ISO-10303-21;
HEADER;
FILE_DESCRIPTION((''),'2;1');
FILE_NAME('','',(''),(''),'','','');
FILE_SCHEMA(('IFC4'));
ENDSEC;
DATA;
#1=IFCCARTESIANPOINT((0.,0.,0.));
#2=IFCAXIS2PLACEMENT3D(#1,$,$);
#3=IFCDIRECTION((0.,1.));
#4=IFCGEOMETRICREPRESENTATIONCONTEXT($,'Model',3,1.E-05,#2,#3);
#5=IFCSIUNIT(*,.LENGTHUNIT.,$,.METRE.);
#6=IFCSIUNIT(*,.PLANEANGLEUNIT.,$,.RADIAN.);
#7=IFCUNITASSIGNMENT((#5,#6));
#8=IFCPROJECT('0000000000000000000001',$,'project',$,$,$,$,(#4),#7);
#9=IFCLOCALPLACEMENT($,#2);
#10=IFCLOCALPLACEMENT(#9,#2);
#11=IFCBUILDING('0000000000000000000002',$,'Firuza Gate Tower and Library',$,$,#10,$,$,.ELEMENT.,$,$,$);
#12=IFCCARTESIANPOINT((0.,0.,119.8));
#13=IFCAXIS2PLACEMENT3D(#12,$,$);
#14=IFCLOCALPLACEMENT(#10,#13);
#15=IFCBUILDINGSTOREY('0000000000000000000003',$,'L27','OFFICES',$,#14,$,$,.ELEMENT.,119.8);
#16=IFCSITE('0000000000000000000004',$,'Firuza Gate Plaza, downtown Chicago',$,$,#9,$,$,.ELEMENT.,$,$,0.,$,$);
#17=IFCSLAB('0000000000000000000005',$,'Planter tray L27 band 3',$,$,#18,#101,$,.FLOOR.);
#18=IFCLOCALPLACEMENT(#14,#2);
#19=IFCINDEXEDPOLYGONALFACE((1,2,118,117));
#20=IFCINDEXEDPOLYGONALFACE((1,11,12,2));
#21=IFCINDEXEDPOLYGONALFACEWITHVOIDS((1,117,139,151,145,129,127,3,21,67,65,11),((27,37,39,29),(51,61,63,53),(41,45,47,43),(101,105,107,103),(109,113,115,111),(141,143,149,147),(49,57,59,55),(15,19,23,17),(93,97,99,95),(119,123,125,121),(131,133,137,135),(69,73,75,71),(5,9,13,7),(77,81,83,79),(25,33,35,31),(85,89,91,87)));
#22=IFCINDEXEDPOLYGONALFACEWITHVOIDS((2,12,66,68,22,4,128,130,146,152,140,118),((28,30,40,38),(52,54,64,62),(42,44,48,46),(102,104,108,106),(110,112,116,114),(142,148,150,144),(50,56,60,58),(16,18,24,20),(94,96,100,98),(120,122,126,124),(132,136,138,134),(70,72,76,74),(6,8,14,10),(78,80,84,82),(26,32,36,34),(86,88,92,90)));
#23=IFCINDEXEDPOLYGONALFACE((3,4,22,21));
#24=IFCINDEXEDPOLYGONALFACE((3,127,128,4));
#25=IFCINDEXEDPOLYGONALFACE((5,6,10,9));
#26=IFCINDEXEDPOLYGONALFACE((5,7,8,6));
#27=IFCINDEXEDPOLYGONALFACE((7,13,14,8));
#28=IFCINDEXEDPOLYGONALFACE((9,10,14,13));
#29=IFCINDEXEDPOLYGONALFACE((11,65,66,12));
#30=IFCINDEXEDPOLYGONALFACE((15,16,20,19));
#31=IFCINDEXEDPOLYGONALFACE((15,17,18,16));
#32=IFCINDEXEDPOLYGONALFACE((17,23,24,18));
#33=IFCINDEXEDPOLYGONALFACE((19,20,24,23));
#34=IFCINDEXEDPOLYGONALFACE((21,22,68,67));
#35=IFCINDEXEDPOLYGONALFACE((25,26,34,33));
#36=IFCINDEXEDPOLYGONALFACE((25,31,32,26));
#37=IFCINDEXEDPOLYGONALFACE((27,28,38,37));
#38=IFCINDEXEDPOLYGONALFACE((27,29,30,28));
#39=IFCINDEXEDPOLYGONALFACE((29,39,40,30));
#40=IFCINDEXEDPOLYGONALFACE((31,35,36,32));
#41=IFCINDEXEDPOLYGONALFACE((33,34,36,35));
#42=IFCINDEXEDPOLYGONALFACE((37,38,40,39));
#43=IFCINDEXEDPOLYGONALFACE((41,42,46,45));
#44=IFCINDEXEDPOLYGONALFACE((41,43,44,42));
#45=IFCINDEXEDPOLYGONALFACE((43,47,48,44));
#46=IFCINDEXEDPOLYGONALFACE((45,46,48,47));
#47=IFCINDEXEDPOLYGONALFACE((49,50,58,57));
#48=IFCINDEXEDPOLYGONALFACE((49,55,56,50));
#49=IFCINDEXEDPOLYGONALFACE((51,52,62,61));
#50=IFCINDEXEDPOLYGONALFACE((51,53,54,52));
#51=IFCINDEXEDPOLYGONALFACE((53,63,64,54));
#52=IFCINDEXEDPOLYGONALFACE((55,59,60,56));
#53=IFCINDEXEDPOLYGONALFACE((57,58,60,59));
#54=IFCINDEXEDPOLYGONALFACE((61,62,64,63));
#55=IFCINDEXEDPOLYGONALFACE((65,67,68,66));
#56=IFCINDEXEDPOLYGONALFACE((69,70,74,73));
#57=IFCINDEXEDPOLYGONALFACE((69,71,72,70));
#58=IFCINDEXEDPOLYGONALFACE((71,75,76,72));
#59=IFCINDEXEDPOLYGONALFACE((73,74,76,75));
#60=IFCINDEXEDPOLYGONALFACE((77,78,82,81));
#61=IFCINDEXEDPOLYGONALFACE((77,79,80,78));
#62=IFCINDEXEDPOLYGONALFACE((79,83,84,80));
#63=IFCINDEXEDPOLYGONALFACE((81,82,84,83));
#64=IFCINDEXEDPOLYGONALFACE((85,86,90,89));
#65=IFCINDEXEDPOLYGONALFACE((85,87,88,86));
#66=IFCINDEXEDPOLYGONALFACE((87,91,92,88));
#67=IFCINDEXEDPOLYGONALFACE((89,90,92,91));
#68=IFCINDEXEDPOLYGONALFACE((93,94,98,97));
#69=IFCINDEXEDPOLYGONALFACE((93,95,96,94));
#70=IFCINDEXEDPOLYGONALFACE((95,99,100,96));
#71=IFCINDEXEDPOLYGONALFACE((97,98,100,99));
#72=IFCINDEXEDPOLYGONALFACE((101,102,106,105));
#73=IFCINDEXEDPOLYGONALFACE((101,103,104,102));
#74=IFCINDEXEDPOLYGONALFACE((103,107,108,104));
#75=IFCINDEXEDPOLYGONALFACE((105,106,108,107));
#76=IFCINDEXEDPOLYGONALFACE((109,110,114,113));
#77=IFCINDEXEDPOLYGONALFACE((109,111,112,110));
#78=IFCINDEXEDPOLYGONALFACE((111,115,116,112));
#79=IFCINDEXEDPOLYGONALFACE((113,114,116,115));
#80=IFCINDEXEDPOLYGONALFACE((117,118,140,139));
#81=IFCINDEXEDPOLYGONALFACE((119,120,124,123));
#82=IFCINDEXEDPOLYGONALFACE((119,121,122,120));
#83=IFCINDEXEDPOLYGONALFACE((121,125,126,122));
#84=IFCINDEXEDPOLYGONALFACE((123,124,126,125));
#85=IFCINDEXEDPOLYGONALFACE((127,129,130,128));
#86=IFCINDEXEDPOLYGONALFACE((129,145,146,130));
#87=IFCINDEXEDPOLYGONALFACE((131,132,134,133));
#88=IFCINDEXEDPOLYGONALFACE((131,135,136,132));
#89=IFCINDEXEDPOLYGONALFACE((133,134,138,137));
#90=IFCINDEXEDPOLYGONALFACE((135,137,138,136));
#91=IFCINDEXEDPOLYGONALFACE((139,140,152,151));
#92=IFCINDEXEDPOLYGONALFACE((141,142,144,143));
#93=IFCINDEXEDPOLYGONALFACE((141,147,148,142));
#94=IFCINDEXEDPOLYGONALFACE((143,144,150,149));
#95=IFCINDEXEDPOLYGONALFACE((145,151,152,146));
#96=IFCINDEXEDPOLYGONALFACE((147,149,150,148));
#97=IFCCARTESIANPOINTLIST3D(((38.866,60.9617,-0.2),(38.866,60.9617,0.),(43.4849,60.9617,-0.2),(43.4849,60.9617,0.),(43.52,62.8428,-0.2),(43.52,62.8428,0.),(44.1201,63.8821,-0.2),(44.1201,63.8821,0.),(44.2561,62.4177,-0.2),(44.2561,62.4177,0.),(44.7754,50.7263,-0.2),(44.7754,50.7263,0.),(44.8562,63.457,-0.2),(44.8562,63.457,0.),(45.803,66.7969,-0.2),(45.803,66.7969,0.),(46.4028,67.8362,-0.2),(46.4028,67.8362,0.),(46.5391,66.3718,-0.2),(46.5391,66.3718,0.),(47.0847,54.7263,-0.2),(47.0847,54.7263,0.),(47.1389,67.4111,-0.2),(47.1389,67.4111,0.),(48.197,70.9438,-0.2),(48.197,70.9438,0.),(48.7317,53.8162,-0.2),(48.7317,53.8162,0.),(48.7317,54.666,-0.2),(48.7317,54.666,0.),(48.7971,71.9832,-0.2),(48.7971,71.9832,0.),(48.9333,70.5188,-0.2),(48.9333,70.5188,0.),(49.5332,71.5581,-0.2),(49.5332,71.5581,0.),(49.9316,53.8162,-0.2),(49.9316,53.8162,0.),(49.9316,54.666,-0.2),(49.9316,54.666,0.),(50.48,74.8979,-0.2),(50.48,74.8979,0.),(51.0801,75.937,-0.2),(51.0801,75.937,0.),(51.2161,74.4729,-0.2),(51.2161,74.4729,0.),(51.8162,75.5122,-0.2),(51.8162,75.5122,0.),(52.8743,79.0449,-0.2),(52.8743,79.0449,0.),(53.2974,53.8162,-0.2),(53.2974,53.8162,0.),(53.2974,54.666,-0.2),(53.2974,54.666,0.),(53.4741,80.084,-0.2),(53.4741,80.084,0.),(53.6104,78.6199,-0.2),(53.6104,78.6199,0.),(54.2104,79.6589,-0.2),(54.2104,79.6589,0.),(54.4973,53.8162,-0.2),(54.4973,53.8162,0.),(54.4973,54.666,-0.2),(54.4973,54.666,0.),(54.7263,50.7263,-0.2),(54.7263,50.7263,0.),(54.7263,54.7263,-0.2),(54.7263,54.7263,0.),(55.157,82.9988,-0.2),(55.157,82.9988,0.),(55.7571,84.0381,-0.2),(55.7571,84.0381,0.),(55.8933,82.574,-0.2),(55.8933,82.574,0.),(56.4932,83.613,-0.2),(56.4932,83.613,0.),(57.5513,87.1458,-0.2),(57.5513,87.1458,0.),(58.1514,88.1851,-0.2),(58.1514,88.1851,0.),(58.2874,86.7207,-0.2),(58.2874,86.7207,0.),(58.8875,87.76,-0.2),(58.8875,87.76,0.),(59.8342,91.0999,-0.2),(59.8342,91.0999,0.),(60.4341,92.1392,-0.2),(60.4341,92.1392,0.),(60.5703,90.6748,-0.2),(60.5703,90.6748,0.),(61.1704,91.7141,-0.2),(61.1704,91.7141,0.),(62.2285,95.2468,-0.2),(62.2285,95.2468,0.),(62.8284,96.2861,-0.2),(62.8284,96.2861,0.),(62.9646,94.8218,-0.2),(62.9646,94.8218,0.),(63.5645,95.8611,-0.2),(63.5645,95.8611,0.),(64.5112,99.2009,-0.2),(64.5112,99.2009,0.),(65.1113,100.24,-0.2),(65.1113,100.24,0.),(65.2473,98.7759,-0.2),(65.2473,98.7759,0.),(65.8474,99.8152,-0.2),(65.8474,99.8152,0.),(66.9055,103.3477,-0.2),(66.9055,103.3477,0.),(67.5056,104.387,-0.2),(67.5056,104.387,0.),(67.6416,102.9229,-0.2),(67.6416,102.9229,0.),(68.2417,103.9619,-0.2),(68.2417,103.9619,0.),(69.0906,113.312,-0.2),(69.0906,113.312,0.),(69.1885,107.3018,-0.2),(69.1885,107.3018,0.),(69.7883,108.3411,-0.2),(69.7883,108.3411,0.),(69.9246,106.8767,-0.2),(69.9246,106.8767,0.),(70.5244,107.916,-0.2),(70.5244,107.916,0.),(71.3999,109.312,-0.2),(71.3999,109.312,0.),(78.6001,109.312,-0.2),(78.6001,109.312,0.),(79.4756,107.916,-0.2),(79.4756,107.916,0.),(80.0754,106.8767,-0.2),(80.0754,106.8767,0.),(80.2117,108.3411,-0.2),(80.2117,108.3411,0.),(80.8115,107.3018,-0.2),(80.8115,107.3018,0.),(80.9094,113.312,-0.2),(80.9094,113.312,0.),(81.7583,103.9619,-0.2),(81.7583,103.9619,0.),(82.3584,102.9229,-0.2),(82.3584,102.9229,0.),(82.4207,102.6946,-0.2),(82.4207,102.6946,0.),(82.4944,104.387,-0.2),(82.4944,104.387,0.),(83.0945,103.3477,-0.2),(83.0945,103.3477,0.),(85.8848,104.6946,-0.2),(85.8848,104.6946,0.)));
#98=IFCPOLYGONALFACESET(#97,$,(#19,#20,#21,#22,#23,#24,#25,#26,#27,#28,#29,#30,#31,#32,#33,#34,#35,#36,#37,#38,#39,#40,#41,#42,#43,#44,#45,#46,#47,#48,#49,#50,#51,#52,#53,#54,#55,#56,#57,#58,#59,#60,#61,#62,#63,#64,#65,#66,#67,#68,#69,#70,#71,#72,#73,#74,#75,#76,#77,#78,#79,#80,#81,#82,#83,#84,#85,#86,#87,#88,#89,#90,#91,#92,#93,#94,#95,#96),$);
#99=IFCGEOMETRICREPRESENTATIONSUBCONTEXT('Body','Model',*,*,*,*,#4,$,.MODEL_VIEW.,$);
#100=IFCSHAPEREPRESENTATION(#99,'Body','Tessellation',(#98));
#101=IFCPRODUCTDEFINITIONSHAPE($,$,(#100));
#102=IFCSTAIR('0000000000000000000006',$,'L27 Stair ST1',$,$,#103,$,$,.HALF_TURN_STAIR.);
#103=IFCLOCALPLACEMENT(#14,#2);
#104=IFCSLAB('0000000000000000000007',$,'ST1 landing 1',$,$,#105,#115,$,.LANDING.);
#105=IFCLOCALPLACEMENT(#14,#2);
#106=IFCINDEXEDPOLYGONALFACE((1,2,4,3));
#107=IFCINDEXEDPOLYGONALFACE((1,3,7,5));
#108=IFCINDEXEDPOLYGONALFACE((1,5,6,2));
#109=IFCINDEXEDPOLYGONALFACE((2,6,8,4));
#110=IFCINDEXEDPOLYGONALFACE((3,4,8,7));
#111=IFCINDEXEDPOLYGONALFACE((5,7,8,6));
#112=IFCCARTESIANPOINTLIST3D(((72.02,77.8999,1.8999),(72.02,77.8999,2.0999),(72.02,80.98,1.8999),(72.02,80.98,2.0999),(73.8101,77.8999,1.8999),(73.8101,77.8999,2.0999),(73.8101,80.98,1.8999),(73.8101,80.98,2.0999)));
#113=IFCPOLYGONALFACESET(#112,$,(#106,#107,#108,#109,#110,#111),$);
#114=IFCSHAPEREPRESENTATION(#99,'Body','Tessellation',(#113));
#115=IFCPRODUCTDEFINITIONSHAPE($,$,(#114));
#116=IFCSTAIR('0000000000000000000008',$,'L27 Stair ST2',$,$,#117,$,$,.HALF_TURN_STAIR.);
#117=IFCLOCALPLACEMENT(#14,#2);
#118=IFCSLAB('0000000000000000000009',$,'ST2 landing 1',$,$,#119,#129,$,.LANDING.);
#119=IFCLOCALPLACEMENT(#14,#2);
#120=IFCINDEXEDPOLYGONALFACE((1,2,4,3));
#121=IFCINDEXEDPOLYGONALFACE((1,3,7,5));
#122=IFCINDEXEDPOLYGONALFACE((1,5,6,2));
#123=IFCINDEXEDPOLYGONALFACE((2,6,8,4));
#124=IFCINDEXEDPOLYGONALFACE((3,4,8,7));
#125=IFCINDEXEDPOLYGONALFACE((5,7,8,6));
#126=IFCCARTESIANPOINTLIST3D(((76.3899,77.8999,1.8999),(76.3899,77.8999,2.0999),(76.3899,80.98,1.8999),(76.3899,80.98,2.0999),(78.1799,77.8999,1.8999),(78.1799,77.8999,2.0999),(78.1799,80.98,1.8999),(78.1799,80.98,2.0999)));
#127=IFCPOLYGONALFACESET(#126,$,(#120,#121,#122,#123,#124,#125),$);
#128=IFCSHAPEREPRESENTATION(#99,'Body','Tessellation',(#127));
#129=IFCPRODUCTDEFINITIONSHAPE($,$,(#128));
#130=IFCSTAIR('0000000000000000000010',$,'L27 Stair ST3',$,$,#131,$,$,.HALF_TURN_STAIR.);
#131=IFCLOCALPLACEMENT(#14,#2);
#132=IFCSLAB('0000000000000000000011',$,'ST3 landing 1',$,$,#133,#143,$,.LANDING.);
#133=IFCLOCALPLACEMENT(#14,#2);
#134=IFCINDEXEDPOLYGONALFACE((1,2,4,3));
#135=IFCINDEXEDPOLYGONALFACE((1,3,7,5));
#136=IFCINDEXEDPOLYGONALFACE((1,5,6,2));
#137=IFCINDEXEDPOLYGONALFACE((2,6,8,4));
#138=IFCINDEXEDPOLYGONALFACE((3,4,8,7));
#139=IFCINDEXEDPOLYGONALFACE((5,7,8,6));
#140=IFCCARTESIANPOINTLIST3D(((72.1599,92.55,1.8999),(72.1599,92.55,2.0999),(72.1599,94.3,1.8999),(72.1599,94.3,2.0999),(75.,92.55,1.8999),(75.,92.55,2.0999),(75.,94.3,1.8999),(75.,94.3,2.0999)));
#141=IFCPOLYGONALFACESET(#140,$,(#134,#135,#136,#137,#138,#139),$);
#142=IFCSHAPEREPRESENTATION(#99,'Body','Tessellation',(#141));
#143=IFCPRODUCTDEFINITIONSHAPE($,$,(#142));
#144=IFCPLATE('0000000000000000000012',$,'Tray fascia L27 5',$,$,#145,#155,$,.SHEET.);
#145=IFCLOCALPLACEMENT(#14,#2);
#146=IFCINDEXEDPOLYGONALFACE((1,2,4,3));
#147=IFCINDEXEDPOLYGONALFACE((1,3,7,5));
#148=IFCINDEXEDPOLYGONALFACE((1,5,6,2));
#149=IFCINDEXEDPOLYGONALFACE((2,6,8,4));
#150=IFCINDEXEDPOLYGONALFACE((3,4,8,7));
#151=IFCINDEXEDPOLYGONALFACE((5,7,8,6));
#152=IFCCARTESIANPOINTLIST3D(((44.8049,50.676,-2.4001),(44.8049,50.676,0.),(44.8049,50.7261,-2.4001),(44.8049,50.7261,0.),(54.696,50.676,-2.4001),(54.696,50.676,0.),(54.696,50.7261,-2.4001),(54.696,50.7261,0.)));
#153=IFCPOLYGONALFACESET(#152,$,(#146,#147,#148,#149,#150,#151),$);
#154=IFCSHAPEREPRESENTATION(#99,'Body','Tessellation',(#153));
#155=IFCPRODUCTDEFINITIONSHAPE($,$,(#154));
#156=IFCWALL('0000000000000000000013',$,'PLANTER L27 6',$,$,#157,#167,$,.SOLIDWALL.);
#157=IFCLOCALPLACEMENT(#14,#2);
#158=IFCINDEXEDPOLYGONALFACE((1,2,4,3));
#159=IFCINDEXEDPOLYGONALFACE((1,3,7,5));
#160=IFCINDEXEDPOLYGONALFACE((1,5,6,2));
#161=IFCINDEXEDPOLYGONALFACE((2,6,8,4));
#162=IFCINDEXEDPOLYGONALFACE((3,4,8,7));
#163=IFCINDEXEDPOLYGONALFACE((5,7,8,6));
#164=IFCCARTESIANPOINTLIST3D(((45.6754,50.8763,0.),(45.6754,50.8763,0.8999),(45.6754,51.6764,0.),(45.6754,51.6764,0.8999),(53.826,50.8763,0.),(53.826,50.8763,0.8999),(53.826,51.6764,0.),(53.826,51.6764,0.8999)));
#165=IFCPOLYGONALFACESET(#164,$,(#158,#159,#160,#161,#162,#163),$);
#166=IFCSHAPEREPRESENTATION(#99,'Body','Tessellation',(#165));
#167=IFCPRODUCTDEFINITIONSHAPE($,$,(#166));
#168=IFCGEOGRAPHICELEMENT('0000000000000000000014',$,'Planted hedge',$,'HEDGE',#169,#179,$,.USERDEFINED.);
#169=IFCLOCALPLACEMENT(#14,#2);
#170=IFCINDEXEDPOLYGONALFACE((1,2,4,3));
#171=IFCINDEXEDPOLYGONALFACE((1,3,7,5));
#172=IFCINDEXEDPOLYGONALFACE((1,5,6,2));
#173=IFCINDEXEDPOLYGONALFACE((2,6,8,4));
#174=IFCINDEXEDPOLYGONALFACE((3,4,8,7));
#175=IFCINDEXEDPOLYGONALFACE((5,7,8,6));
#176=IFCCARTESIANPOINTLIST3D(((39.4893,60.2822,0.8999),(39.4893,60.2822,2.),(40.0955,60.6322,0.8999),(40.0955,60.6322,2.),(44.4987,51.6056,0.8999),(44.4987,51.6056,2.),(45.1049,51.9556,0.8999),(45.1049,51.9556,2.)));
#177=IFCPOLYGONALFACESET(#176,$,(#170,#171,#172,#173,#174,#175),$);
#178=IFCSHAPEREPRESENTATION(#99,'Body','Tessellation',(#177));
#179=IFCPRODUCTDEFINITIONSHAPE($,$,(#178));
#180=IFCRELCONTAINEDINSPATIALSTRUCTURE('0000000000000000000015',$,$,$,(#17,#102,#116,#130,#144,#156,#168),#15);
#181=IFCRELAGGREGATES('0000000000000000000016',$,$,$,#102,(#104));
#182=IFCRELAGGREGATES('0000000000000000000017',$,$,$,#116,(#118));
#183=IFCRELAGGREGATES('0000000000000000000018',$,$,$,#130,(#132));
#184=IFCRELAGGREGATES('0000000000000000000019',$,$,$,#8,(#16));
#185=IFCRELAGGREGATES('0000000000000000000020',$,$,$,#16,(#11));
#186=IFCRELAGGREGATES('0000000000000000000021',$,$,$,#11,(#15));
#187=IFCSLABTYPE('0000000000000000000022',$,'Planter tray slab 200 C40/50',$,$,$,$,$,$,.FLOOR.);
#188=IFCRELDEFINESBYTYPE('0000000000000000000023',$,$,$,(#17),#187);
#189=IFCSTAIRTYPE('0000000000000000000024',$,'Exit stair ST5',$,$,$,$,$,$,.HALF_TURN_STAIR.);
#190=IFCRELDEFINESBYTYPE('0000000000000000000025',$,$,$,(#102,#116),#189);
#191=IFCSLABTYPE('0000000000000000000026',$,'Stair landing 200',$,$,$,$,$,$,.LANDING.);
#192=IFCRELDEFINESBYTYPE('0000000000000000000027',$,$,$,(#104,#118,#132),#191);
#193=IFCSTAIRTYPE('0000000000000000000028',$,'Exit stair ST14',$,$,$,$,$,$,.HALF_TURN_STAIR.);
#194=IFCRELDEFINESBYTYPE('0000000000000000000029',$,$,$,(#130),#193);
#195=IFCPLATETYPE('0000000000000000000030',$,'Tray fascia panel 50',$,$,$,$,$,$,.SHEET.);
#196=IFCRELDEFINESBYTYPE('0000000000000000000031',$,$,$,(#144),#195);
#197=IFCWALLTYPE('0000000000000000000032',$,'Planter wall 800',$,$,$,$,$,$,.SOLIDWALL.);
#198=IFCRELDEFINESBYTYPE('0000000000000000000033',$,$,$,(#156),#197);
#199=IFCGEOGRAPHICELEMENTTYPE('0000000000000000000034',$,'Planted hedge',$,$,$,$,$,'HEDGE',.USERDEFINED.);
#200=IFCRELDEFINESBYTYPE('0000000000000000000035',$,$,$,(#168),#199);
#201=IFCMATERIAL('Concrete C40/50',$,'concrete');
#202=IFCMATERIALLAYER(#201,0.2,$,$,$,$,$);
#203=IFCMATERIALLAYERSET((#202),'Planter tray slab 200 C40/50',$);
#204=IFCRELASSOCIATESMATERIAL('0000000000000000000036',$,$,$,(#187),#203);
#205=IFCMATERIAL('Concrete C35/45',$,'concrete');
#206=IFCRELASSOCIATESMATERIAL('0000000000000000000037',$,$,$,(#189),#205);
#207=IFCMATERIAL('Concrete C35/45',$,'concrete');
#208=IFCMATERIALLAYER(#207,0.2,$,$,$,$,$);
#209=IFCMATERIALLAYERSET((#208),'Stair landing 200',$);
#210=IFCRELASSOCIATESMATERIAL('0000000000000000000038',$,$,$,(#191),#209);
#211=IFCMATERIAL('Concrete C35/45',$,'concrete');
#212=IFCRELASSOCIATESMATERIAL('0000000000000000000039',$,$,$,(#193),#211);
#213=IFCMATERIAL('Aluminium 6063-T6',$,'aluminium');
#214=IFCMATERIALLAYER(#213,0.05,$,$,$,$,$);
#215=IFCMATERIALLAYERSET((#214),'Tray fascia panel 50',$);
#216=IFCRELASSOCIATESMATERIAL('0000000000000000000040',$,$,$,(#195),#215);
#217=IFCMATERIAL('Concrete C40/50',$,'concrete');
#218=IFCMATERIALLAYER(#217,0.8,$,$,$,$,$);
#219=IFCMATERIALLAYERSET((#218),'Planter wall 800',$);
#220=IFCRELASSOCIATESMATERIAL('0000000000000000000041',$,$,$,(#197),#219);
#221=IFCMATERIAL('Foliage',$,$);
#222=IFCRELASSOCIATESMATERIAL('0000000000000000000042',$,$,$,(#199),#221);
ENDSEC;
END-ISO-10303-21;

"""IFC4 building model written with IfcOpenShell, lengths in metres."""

from ifc_helpers import new_model, si_unit, direction, frame, frame_2d, origin, origin_2d, place, context, subcontext, project, spatial, polyline, rectangle, outline, extrude, material, layer, layer_set, type_object, element, aggregate, save


model = new_model("IFC4")

# Units and contexts
model_context = context("Model", 3, precision=1e-05, world=origin(), true_north=direction((0.0, 1.0)))
body_context = subcontext(model_context, "Body", "Model", "MODEL_VIEW")
ifc_project = project(units=[si_unit("LENGTHUNIT", "METRE"), si_unit("PLANEANGLEUNIT", "RADIAN")], contexts=[model_context])

# Site, building, storey
site_placement = place(None, origin())
site = spatial("IfcSite", under=ifc_project, at=site_placement, Name="Firuza Gate Plaza, downtown Chicago", CompositionType="ELEMENT", RefElevation=0.0)
building_placement = place(site_placement, origin())
building = spatial("IfcBuilding", under=site, at=building_placement, Name="Firuza Gate Tower and Library", CompositionType="ELEMENT")
storey_placement = place(building_placement, frame((0.0, 0.0, 119.8)))
storey = spatial("IfcBuildingStorey", under=building, at=storey_placement, Name="L27", Description="OFFICES", CompositionType="ELEMENT", Elevation=119.8)

# Shared definitions
placement_1 = place(storey_placement, origin())

# Shared definitions
placement_2 = place(storey_placement, frame((0.0, 0.0, -0.2)))

# Slab
ifc_material_1 = material(Name="Concrete C40/50", Category="concrete")
ifc_layer_1 = layer(ifc_material_1, 0.2)
ifc_layer_set_1 = layer_set([ifc_layer_1], Name="Planter tray slab 200 C40/50")
slab_type_1 = type_object("IfcSlabType", Name="Planter tray slab 200 C40/50", PredefinedType="FLOOR", material=ifc_layer_set_1)
element("IfcSlab", 1, at=placement_2, inside=storey, type_object=slab_type_1, Name="Planter tray L27 band 3", PredefinedType="FLOOR", context=body_context, shape_type="SweptSolid", body=[
    extrude(outline(polyline([(82.4207, 102.6946), (85.8848, 104.6946), (80.9094, 113.312), (69.0906, 113.312), (38.866, 60.9617), (44.7754, 50.7263), (54.7263, 50.7263), (54.7263, 54.7263), (47.0847, 54.7263), (43.4849, 60.9617), (71.3999, 109.312), (78.6001, 109.312), (82.4207, 102.6946)]), holes=[polyline([(53.2974, 53.8162), (53.2974, 54.666), (54.4973, 54.666), (54.4973, 53.8162), (53.2974, 53.8162)]), polyline([(48.7317, 53.8162), (48.7317, 54.666), (49.9316, 54.666), (49.9316, 53.8162), (48.7317, 53.8162)]), polyline([(44.1201, 63.8821), (44.8562, 63.457), (44.2561, 62.4177), (43.52, 62.8428), (44.1201, 63.8821)]), polyline([(47.1389, 67.4111), (46.5391, 66.3718), (45.803, 66.7969), (46.4028, 67.8362), (47.1389, 67.4111)]), polyline([(49.5332, 71.5581), (48.9333, 70.5188), (48.197, 70.9438), (48.7971, 71.9832), (49.5332, 71.5581)]), polyline([(51.0801, 75.937), (51.8162, 75.5122), (51.2161, 74.4729), (50.48, 74.8979), (51.0801, 75.937)]), polyline([(53.4741, 80.084), (54.2104, 79.6589), (53.6104, 78.6199), (52.8743, 79.0449), (53.4741, 80.084)]), polyline([(55.7571, 84.0381), (56.4932, 83.613), (55.8933, 82.574), (55.157, 82.9988), (55.7571, 84.0381)]), polyline([(58.1514, 88.1851), (58.8875, 87.76), (58.2874, 86.7207), (57.5513, 87.1458), (58.1514, 88.1851)]), polyline([(60.4341, 92.1392), (61.1704, 91.7141), (60.5703, 90.6748), (59.8342, 91.0999), (60.4341, 92.1392)]), polyline([(62.8284, 96.2861), (63.5645, 95.8611), (62.9646, 94.8218), (62.2285, 95.2468), (62.8284, 96.2861)]), polyline([(65.1113, 100.24), (65.8474, 99.8152), (65.2473, 98.7759), (64.5112, 99.2009), (65.1113, 100.24)]), polyline([(68.2417, 103.9619), (67.6416, 102.9229), (66.9055, 103.3477), (67.5056, 104.387), (68.2417, 103.9619)]), polyline([(70.5244, 107.916), (69.9246, 106.8767), (69.1885, 107.3018), (69.7883, 108.3411), (70.5244, 107.916)]), polyline([(82.3584, 102.9229), (81.7583, 103.9619), (82.4944, 104.387), (83.0945, 103.3477), (82.3584, 102.9229)]), polyline([(80.0754, 106.8767), (79.4756, 107.916), (80.2117, 108.3411), (80.8115, 107.3018), (80.0754, 106.8767)])]), origin(), (0.0, 0.0, 1.0), 0.2),
])

# Stairs, slabs
ifc_material_2 = material(Name="Concrete C35/45", Category="concrete")
stair_type_1 = type_object("IfcStairType", Name="Exit stair ST5", PredefinedType="HALF_TURN_STAIR", material=ifc_material_2)
stair_1 = element("IfcStair", 2, at=placement_1, inside=storey, type_object=stair_type_1, Name="L27 Stair ST1", PredefinedType="HALF_TURN_STAIR")
ifc_material_3 = material(Name="Concrete C35/45", Category="concrete")
ifc_layer_2 = layer(ifc_material_3, 0.2)
ifc_layer_set_2 = layer_set([ifc_layer_2], Name="Stair landing 200")
slab_type_2 = type_object("IfcSlabType", Name="Stair landing 200", PredefinedType="LANDING", material=ifc_layer_set_2)
placement_3 = place(storey_placement, frame((0.0, 0.0, 1.8999)))
slab_1 = element("IfcSlab", 3, at=placement_3, type_object=slab_type_2, Name="ST1 landing 1", PredefinedType="LANDING", context=body_context, shape_type="SweptSolid", body=[
    extrude(outline(polyline([(72.02, 77.8999), (73.8101, 77.8999), (73.8101, 80.98), (72.02, 80.98), (72.02, 77.8999)])), origin(), (0.0, 0.0, 1.0), 0.2),
])
aggregate(stair_1, [slab_1])
stair_2 = element("IfcStair", 4, at=placement_1, inside=storey, type_object=stair_type_1, Name="L27 Stair ST2", PredefinedType="HALF_TURN_STAIR")
slab_2 = element("IfcSlab", 5, at=placement_3, type_object=slab_type_2, Name="ST2 landing 1", PredefinedType="LANDING", context=body_context, shape_type="SweptSolid", body=[
    extrude(outline(polyline([(78.1799, 80.98), (76.3899, 80.98), (76.3899, 77.8999), (78.1799, 77.8999), (78.1799, 80.98)])), origin(), (0.0, 0.0, 1.0), 0.2),
])
aggregate(stair_2, [slab_2])
ifc_material_4 = material(Name="Concrete C35/45", Category="concrete")
stair_type_2 = type_object("IfcStairType", Name="Exit stair ST14", PredefinedType="HALF_TURN_STAIR", material=ifc_material_4)
stair_3 = element("IfcStair", 6, at=placement_1, inside=storey, type_object=stair_type_2, Name="L27 Stair ST3", PredefinedType="HALF_TURN_STAIR")
slab_3 = element("IfcSlab", 7, at=placement_3, type_object=slab_type_2, Name="ST3 landing 1", PredefinedType="LANDING", context=body_context, shape_type="SweptSolid", body=[
    extrude(outline(polyline([(75.0, 92.55), (75.0, 94.3), (72.1599, 94.3), (72.1599, 92.55), (75.0, 92.55)])), origin(), (0.0, 0.0, 1.0), 0.2),
])
aggregate(stair_3, [slab_3])

# Plate
ifc_material_5 = material(Name="Aluminium 6063-T6", Category="aluminium")
ifc_layer_3 = layer(ifc_material_5, 0.05)
ifc_layer_set_3 = layer_set([ifc_layer_3], Name="Tray fascia panel 50")
plate_type_1 = type_object("IfcPlateType", Name="Tray fascia panel 50", PredefinedType="SHEET", material=ifc_layer_set_3)
plate_1_placement = place(storey_placement, frame((44.8049, 50.676, -2.4001), z_axis=(0.0, -1.0, 0.0), x_axis=(1.0, 0.0, 0.0)))
element("IfcPlate", 8, at=plate_1_placement, inside=storey, type_object=plate_type_1, Name="Tray fascia L27 5", PredefinedType="SHEET", context=body_context, shape_type="SweptSolid", body=[
    extrude(outline(polyline([(0.0, 0.0), (9.8911, 0.0), (9.8911, 2.4001), (0.0, 2.4001), (0.0, 0.0)])), origin(), (0.0, 0.0, -1.0), 0.05),
])

# Wall
ifc_material_6 = material(Name="Concrete C40/50", Category="concrete")
ifc_layer_4 = layer(ifc_material_6, 0.8)
ifc_layer_set_4 = layer_set([ifc_layer_4], Name="Planter wall 800")
wall_type = type_object("IfcWallType", Name="Planter wall 800", PredefinedType="SOLIDWALL", material=ifc_layer_set_4)
wall_placement = place(storey_placement, frame((45.6755, 51.2764, 0.0), z_axis=(0.0, 0.0, 1.0), x_axis=(1.0, 0.0, 0.0)))
element("IfcWall", 9, at=wall_placement, inside=storey, type_object=wall_type, Name="PLANTER L27 6", PredefinedType="SOLIDWALL", context=body_context, shape_type="SweptSolid", body=[
    extrude(rectangle(XDim=8.1506, YDim=0.8, at=frame_2d((4.0752, 0.0))), origin(), (0.0, 0.0, 1.0), 0.8999),
])

# Geographic element
ifc_material_7 = material(Name="Foliage")
geographic_element_type_1 = type_object("IfcGeographicElementType", Name="Planted hedge", ElementType="HEDGE", PredefinedType="USERDEFINED", material=ifc_material_7)
geographic_element_1_placement = place(storey_placement, frame((42.2971, 56.1189, 0.8999), z_axis=(0.0, 0.0, 1.0), x_axis=(0.5, -0.866025, 0.0)))
element("IfcGeographicElement", 10, at=geographic_element_1_placement, inside=storey, type_object=geographic_element_type_1, Name="Planted hedge", ObjectType="HEDGE", PredefinedType="USERDEFINED", context=body_context, shape_type="SweptSolid", body=[
    extrude(rectangle(XDim=10.0188, YDim=0.7, at=origin_2d()), origin(), (0.0, 0.0, 1.0), 1.1001),
])

save(model, "model.ifc")
